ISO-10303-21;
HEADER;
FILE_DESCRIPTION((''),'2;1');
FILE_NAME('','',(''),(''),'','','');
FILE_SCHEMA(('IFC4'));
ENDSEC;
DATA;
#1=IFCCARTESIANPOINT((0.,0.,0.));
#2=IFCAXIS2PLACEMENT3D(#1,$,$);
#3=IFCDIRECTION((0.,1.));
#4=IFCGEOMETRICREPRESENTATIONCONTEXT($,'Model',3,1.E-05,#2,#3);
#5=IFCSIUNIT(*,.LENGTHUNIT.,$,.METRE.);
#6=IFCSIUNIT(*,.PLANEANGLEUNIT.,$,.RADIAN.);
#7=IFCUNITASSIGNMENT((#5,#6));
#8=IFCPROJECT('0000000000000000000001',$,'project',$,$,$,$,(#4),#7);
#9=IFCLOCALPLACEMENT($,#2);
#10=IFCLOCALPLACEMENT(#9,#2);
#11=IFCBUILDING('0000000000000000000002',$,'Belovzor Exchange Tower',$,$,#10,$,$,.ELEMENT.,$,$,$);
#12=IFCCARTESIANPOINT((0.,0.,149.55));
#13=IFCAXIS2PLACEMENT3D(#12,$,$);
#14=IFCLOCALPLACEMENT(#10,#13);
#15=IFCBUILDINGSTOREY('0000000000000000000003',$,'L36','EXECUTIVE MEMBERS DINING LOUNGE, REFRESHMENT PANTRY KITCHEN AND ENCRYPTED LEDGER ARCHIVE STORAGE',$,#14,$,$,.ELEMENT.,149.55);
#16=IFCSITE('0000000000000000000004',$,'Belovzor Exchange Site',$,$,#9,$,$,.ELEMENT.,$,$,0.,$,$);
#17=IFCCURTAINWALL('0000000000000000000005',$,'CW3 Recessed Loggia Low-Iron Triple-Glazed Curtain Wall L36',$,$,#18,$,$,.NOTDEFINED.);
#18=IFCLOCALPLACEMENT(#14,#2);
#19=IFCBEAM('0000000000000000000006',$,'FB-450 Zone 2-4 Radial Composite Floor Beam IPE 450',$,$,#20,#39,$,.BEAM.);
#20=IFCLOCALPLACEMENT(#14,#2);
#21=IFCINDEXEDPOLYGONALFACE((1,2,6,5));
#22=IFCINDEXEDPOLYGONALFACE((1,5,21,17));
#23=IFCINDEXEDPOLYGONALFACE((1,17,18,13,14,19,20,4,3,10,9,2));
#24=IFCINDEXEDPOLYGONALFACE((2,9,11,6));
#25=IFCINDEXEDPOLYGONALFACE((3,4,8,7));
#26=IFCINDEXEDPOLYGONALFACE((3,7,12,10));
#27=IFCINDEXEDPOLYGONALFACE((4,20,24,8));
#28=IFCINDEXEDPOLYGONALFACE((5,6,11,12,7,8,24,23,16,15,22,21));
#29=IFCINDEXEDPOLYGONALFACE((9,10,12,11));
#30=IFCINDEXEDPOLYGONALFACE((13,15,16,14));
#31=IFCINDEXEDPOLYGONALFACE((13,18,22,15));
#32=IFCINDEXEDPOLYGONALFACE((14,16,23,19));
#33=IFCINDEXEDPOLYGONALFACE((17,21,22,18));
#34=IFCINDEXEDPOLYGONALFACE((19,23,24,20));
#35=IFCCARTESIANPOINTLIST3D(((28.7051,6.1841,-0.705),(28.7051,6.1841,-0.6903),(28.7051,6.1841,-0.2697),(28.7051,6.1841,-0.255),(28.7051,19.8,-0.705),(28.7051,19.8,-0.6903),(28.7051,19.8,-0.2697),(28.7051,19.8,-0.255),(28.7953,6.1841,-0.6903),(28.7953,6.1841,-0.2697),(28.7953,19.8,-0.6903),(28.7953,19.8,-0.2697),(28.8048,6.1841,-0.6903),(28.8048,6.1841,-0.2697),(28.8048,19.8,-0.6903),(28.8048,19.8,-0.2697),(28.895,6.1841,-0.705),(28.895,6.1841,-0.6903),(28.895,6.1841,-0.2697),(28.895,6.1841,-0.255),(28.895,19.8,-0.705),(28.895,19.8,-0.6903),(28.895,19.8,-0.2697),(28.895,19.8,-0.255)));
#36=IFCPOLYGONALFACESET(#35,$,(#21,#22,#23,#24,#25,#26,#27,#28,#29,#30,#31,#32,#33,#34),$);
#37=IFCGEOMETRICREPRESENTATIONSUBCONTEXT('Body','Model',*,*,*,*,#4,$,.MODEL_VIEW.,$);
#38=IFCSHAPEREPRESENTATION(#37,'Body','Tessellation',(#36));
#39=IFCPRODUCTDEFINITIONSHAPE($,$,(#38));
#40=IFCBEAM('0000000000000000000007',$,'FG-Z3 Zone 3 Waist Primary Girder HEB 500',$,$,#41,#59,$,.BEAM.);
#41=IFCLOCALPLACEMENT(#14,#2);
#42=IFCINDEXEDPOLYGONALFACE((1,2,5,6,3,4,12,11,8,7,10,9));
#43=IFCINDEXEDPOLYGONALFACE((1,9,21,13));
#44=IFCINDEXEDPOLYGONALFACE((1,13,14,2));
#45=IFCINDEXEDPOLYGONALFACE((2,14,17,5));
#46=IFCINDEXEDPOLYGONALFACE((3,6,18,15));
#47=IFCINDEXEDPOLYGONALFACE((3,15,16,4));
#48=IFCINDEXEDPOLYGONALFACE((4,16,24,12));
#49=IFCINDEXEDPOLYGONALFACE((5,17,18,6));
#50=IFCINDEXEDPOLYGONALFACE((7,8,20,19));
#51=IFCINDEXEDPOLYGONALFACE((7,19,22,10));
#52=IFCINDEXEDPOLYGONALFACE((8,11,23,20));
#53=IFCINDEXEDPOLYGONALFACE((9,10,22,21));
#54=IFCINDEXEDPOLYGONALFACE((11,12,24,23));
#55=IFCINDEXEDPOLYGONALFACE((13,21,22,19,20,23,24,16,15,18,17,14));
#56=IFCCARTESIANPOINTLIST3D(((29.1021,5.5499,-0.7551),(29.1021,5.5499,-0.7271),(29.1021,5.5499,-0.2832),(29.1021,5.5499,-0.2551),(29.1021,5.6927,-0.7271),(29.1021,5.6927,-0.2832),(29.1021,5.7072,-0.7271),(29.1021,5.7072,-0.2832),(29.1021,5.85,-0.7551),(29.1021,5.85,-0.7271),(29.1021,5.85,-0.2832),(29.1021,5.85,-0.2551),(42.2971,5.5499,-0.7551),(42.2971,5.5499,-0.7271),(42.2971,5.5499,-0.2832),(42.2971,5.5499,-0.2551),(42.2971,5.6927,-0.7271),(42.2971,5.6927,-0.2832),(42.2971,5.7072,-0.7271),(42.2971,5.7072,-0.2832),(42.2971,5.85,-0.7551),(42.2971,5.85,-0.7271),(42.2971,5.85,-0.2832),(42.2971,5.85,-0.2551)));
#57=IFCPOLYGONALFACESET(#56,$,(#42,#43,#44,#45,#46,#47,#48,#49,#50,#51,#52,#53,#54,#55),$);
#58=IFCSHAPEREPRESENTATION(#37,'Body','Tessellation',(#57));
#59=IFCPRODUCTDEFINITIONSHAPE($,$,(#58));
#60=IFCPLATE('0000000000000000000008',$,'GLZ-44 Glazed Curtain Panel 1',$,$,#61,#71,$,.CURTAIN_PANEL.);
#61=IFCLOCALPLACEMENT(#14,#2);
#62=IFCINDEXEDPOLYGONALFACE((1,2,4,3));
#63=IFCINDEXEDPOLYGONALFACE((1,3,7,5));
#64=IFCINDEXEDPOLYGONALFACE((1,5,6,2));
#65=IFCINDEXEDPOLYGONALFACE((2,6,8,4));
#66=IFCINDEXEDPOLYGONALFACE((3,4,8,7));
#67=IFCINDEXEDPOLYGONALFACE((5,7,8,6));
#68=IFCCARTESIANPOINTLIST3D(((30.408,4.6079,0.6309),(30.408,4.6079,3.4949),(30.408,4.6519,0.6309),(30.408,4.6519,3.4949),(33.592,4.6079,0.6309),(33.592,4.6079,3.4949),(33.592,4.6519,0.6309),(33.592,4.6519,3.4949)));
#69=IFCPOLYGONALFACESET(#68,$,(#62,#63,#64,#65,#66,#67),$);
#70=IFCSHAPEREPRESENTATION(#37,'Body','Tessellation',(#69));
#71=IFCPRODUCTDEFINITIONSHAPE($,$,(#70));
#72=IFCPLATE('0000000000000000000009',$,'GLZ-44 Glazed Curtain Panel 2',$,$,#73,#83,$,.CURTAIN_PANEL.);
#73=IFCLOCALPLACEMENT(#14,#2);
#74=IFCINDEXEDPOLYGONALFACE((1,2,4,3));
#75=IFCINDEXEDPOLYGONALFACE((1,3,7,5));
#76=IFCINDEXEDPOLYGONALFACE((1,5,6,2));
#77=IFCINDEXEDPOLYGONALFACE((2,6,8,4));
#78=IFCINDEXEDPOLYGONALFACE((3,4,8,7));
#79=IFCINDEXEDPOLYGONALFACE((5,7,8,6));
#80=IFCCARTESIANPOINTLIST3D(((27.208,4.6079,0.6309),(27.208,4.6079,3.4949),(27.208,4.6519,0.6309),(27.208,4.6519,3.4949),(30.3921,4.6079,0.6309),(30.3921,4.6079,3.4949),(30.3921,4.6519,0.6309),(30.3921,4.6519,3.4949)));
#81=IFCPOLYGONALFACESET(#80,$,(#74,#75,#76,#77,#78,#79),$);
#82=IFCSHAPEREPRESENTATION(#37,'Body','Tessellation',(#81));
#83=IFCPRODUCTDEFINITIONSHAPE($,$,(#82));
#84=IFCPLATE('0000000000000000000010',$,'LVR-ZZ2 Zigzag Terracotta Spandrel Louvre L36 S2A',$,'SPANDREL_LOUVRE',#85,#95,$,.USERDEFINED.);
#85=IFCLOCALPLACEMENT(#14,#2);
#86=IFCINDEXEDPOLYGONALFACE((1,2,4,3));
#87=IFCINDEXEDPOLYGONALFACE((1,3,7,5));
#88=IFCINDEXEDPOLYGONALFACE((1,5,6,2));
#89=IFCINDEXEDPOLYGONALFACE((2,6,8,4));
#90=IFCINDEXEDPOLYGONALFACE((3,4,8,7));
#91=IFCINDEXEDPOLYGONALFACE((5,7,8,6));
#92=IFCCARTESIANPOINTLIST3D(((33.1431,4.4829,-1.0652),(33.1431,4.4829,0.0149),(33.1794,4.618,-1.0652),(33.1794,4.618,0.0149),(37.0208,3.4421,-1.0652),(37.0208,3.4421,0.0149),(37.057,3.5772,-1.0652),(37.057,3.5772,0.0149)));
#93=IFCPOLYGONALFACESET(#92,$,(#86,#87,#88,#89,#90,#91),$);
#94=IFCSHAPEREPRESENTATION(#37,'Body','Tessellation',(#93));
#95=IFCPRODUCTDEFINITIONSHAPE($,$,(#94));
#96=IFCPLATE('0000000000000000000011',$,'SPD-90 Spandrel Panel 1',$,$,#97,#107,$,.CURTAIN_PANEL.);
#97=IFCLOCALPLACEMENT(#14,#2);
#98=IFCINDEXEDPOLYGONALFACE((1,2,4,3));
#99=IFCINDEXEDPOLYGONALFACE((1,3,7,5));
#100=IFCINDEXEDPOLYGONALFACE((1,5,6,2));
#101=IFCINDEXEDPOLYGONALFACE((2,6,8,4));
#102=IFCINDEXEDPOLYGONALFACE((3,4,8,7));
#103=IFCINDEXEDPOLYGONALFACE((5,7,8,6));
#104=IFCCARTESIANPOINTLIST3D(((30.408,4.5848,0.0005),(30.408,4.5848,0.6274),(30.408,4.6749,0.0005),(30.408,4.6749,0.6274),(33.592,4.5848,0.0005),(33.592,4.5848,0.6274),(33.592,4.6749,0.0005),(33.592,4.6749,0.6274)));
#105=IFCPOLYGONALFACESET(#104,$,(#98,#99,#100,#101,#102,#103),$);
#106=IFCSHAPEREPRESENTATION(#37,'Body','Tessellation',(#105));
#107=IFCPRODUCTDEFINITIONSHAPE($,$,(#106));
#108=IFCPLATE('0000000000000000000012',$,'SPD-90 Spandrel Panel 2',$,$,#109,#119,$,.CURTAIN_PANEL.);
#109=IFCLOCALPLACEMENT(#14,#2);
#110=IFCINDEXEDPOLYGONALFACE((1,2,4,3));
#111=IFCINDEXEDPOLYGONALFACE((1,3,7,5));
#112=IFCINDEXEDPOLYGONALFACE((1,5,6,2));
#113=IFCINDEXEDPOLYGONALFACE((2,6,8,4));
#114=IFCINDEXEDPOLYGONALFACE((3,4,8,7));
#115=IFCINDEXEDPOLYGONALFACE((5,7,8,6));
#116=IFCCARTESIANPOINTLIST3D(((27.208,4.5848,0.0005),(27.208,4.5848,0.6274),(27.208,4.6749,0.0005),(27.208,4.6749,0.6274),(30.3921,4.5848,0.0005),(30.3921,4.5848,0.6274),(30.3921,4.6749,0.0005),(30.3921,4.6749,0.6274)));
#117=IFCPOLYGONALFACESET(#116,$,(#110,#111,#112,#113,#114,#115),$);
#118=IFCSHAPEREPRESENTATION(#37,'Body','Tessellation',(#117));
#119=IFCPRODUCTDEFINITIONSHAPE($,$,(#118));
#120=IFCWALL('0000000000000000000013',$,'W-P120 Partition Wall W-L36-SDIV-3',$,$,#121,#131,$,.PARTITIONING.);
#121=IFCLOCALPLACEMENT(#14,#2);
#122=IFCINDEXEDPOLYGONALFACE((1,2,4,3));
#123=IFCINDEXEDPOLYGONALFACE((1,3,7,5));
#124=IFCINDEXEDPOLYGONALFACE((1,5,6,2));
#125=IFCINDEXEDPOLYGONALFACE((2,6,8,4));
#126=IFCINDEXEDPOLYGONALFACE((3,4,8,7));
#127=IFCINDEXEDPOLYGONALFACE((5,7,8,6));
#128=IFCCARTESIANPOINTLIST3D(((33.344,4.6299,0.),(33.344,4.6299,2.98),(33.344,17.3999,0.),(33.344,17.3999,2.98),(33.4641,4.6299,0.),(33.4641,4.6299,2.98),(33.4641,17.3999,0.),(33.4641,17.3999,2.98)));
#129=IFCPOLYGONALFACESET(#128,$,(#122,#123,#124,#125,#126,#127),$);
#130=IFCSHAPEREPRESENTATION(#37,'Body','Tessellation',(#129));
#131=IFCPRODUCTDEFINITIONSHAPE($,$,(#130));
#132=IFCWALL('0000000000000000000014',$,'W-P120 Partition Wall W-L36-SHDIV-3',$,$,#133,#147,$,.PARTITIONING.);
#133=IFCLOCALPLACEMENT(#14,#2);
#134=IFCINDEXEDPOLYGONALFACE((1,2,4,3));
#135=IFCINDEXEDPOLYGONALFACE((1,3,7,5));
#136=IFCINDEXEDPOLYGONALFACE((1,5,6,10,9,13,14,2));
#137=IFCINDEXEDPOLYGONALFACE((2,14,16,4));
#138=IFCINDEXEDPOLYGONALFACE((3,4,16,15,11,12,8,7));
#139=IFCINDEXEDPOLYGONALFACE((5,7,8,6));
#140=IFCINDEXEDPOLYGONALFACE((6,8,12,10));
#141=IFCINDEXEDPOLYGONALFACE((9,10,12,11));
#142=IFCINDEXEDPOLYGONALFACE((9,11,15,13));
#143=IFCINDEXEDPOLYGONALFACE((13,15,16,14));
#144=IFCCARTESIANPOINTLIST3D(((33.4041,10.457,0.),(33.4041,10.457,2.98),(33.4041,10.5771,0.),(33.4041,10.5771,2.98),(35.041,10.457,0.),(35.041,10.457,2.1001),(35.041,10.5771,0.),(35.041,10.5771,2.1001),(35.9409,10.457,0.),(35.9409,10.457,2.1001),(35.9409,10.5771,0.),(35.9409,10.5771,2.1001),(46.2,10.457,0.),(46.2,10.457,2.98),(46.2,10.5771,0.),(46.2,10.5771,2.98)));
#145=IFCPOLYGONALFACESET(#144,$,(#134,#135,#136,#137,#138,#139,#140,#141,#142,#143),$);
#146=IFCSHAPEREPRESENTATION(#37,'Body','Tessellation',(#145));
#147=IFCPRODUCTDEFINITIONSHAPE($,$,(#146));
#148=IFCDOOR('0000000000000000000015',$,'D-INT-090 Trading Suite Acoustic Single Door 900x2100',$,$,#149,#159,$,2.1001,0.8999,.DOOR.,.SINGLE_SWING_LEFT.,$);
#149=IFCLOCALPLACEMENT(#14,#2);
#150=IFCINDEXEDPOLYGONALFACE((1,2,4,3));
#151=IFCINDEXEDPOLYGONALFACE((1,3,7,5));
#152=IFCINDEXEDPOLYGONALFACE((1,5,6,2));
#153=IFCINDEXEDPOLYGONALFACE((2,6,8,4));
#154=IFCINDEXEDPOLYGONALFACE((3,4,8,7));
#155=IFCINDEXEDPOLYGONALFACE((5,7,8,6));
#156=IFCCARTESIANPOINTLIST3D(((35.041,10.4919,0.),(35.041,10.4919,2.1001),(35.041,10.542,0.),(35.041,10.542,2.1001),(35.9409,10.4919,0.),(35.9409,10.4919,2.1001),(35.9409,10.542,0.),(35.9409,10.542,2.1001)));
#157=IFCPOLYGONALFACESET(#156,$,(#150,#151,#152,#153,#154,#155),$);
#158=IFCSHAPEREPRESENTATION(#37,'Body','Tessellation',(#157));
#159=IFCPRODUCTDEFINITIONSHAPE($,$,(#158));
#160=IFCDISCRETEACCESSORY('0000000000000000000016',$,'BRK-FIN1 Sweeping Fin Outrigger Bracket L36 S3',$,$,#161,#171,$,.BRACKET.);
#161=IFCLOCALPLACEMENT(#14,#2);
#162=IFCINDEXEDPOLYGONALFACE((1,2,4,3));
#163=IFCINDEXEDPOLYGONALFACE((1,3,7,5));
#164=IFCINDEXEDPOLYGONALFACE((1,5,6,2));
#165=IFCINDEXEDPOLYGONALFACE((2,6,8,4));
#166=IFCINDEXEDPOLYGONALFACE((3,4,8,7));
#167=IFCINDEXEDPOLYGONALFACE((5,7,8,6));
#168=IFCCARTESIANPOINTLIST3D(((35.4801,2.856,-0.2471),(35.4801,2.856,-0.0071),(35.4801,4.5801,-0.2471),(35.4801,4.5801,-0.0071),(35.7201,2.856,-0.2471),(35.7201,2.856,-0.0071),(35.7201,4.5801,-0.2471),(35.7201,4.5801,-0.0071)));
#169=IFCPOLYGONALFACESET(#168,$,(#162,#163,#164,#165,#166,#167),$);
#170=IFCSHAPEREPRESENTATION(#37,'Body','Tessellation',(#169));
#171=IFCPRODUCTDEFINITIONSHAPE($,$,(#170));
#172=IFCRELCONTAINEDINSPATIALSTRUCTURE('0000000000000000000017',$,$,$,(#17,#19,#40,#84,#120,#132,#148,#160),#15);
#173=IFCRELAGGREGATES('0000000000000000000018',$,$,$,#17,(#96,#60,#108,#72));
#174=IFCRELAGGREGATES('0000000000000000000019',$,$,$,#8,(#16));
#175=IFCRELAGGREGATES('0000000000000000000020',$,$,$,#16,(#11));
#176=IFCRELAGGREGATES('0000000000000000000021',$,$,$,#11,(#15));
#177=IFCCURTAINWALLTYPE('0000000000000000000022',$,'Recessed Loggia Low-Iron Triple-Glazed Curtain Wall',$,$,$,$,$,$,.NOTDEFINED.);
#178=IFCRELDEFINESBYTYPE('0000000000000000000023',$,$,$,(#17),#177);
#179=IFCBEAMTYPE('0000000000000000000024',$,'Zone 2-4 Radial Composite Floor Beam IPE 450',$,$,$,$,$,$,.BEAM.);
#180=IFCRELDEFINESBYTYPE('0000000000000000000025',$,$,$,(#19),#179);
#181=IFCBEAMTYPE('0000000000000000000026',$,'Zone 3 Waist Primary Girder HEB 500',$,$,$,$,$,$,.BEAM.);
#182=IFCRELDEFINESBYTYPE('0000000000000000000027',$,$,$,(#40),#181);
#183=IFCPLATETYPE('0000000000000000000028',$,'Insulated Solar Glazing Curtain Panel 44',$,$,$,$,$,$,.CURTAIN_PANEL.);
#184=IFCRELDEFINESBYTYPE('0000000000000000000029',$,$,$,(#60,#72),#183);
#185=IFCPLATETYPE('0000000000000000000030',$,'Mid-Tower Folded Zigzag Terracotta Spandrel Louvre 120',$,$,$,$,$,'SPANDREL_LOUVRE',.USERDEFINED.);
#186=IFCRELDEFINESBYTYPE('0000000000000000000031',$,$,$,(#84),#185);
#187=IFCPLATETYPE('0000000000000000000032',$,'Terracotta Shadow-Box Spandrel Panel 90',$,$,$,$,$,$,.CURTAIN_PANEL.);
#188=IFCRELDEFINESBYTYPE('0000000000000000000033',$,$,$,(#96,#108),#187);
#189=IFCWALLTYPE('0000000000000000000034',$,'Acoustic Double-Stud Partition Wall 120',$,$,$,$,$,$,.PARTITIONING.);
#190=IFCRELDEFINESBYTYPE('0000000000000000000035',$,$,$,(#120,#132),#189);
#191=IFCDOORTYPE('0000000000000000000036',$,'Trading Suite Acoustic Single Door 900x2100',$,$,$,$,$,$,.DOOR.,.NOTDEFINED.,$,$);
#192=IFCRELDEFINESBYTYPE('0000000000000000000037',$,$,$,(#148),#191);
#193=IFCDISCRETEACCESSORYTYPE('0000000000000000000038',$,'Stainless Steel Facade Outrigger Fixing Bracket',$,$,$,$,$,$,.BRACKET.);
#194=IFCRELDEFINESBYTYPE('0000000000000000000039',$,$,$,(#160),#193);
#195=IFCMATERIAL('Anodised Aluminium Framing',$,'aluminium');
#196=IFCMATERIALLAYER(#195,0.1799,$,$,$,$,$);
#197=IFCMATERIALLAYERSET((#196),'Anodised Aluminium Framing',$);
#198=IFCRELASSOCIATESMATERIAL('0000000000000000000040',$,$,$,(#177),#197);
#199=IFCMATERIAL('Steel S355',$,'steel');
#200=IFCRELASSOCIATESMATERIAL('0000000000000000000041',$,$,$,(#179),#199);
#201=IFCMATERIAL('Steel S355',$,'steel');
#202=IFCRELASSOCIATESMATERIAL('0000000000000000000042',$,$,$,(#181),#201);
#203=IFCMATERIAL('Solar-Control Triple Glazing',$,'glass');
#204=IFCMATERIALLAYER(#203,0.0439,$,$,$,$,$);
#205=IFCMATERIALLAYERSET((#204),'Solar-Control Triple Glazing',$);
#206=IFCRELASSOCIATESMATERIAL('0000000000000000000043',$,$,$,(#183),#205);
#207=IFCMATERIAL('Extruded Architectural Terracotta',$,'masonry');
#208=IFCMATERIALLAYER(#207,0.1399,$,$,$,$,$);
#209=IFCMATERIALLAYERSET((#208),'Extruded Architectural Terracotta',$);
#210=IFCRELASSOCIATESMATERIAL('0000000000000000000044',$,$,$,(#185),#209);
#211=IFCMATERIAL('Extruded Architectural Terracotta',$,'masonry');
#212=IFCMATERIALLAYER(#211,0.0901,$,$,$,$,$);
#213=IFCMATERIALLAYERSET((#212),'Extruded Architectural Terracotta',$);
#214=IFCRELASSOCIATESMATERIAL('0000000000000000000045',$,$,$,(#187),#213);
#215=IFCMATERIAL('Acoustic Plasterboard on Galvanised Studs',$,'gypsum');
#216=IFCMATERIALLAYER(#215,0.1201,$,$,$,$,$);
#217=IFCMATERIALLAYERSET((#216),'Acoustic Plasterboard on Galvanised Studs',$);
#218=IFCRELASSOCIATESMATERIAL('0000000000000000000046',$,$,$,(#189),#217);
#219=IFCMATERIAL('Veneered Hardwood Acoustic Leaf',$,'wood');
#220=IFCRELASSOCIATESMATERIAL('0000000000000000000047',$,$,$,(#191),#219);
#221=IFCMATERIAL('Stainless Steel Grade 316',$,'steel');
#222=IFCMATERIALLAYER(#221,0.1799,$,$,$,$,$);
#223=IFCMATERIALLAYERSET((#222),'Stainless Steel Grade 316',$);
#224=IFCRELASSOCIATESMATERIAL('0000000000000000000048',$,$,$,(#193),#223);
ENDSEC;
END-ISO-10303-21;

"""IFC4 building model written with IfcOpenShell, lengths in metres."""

from ifc_helpers import new_model, si_unit, direction, frame, frame_2d, origin, origin_2d, place, context, subcontext, project, spatial, rectangle, i_section, extrude, material, layer, layer_set, material_profile, profile_set, type_object, element, fill, aggregate, save


model = new_model("IFC4")

# Units and contexts
model_context = context("Model", 3, precision=1e-05, world=origin(), true_north=direction((0.0, 1.0)))
body_context = subcontext(model_context, "Body", "Model", "MODEL_VIEW")
ifc_project = project(units=[si_unit("LENGTHUNIT", "METRE"), si_unit("PLANEANGLEUNIT", "RADIAN")], contexts=[model_context])

# Site, building, storey
site_placement = place(None, origin())
site = spatial("IfcSite", under=ifc_project, at=site_placement, Name="Belovzor Exchange Site", CompositionType="ELEMENT", RefElevation=0.0)
building_placement = place(site_placement, origin())
building = spatial("IfcBuilding", under=site, at=building_placement, Name="Belovzor Exchange Tower", CompositionType="ELEMENT")
storey_placement = place(building_placement, frame((0.0, 0.0, 149.55)))
storey = spatial("IfcBuildingStorey", under=building, at=storey_placement, Name="L36", Description="EXECUTIVE MEMBERS DINING LOUNGE, REFRESHMENT PANTRY KITCHEN AND ENCRYPTED LEDGER ARCHIVE STORAGE", CompositionType="ELEMENT", Elevation=149.55)

# Curtain wall
ifc_material_1 = material(Name="Anodised Aluminium Framing", Category="aluminium")
ifc_layer_1 = layer(ifc_material_1, 0.1799)
ifc_layer_set_1 = layer_set([ifc_layer_1], Name="Anodised Aluminium Framing")
curtain_wall_type = type_object("IfcCurtainWallType", Name="Recessed Loggia Low-Iron Triple-Glazed Curtain Wall", PredefinedType="NOTDEFINED", material=ifc_layer_set_1)
curtain_wall_placement = place(storey_placement, origin())
curtain_wall = element("IfcCurtainWall", 1, at=curtain_wall_placement, inside=storey, type_object=curtain_wall_type, Name="CW3 Recessed Loggia Low-Iron Triple-Glazed Curtain Wall L36", PredefinedType="NOTDEFINED")

# Beams
ifc_material_2 = material(Name="Steel S355", Category="steel")
ifc_material_profile_1 = material_profile(ifc_material_2, i_section(OverallWidth=0.1899, OverallDepth=0.45, WebThickness=0.0095, FlangeThickness=0.0146, at=origin_2d()))
ifc_profile_set_1 = profile_set([ifc_material_profile_1], Name="Steel S355")
beam_type_1 = type_object("IfcBeamType", Name="Zone 2-4 Radial Composite Floor Beam IPE 450", PredefinedType="BEAM", material=ifc_profile_set_1)
beam_1_placement = place(storey_placement, frame((28.8, 19.8, -0.48), z_axis=(0.0, -1.0, 0.0), x_axis=(1.0, 0.0, 0.0)))
element("IfcBeam", 2, at=beam_1_placement, inside=storey, type_object=beam_type_1, Name="FB-450 Zone 2-4 Radial Composite Floor Beam IPE 450", PredefinedType="BEAM", context=body_context, shape_type="SweptSolid", body=[
    extrude(i_section(OverallWidth=0.1899, OverallDepth=0.45, WebThickness=0.0095, FlangeThickness=0.0146, at=origin_2d()), origin(), (0.0, 0.0, 1.0), 13.616),
])
ifc_material_3 = material(Name="Steel S355", Category="steel")
ifc_material_profile_2 = material_profile(ifc_material_3, i_section(OverallWidth=0.3, OverallDepth=0.5, WebThickness=0.0144, FlangeThickness=0.0281, at=origin_2d()))
ifc_profile_set_2 = profile_set([ifc_material_profile_2], Name="Steel S355")
beam_type_2 = type_object("IfcBeamType", Name="Zone 3 Waist Primary Girder HEB 500", PredefinedType="BEAM", material=ifc_profile_set_2)
beam_2_placement = place(storey_placement, frame((29.1021, 5.7, -0.5051), z_axis=(1.0, 0.0, 0.0), x_axis=(0.0, 1.0, 0.0)))
element("IfcBeam", 3, at=beam_2_placement, inside=storey, type_object=beam_type_2, Name="FG-Z3 Zone 3 Waist Primary Girder HEB 500", PredefinedType="BEAM", context=body_context, shape_type="SweptSolid", body=[
    extrude(i_section(OverallWidth=0.3, OverallDepth=0.5, WebThickness=0.0144, FlangeThickness=0.0281, at=origin_2d()), origin(), (0.0, 0.0, 1.0), 13.1951),
])

# Plates
ifc_material_4 = material(Name="Solar-Control Triple Glazing", Category="glass")
ifc_layer_2 = layer(ifc_material_4, 0.0439)
ifc_layer_set_2 = layer_set([ifc_layer_2], Name="Solar-Control Triple Glazing")
plate_type_1 = type_object("IfcPlateType", Name="Insulated Solar Glazing Curtain Panel 44", PredefinedType="CURTAIN_PANEL", material=ifc_layer_set_2)
plate_1_placement = place(storey_placement, frame((32.0, 4.6299, 0.6309), z_axis=(0.0, 0.0, 1.0), x_axis=(-1.0, 0.0, 0.0)))
plate_1 = element("IfcPlate", 4, at=plate_1_placement, type_object=plate_type_1, Name="GLZ-44 Glazed Curtain Panel 1", PredefinedType="CURTAIN_PANEL", context=body_context, shape_type="SweptSolid", body=[
    extrude(rectangle(XDim=3.1841, YDim=0.0439, at=origin_2d()), origin(), (0.0, 0.0, 1.0), 2.864),
])
plate_2_placement = place(storey_placement, frame((28.8, 4.6299, 0.6309), z_axis=(0.0, 0.0, 1.0), x_axis=(-1.0, 0.0, 0.0)))
plate_2 = element("IfcPlate", 5, at=plate_2_placement, type_object=plate_type_1, Name="GLZ-44 Glazed Curtain Panel 2", PredefinedType="CURTAIN_PANEL", context=body_context, shape_type="SweptSolid", body=[
    extrude(rectangle(XDim=3.1841, YDim=0.0439, at=origin_2d()), origin(), (0.0, 0.0, 1.0), 2.864),
])
ifc_material_5 = material(Name="Extruded Architectural Terracotta", Category="masonry")
ifc_layer_3 = layer(ifc_material_5, 0.1399)
ifc_layer_set_3 = layer_set([ifc_layer_3], Name="Extruded Architectural Terracotta")
plate_type_2 = type_object("IfcPlateType", Name="Mid-Tower Folded Zigzag Terracotta Spandrel Louvre 120", ElementType="SPANDREL_LOUVRE", PredefinedType="USERDEFINED", material=ifc_layer_set_3)
plate_3_placement = place(storey_placement, frame((35.1001, 4.03, -1.0652), z_axis=(0.0, 0.0, 1.0), x_axis=(0.965813, -0.25924, 0.0)))
element("IfcPlate", 6, at=plate_3_placement, inside=storey, type_object=plate_type_2, Name="LVR-ZZ2 Zigzag Terracotta Spandrel Louvre L36 S2A", ObjectType="SPANDREL_LOUVRE", PredefinedType="USERDEFINED", context=body_context, shape_type="SweptSolid", body=[
    extrude(rectangle(XDim=4.0149, YDim=0.1399, at=origin_2d()), origin(), (0.0, 0.0, 1.0), 1.0801),
])
ifc_material_6 = material(Name="Extruded Architectural Terracotta", Category="masonry")
ifc_layer_4 = layer(ifc_material_6, 0.0901)
ifc_layer_set_4 = layer_set([ifc_layer_4], Name="Extruded Architectural Terracotta")
plate_type_3 = type_object("IfcPlateType", Name="Terracotta Shadow-Box Spandrel Panel 90", PredefinedType="CURTAIN_PANEL", material=ifc_layer_set_4)
plate_4_placement = place(storey_placement, frame((32.0, 4.6299, 0.0005), z_axis=(0.0, 0.0, 1.0), x_axis=(-1.0, 0.0, 0.0)))
plate_4 = element("IfcPlate", 7, at=plate_4_placement, type_object=plate_type_3, Name="SPD-90 Spandrel Panel 1", PredefinedType="CURTAIN_PANEL", context=body_context, shape_type="SweptSolid", body=[
    extrude(rectangle(XDim=3.1841, YDim=0.0901, at=origin_2d()), origin(), (0.0, 0.0, 1.0), 0.627),
])
plate_5_placement = place(storey_placement, frame((28.8, 4.6299, 0.0005), z_axis=(0.0, 0.0, 1.0), x_axis=(-1.0, 0.0, 0.0)))
plate_5 = element("IfcPlate", 8, at=plate_5_placement, type_object=plate_type_3, Name="SPD-90 Spandrel Panel 2", PredefinedType="CURTAIN_PANEL", context=body_context, shape_type="SweptSolid", body=[
    extrude(rectangle(XDim=3.1841, YDim=0.0901, at=origin_2d()), origin(), (0.0, 0.0, 1.0), 0.627),
])
aggregate(curtain_wall, [plate_4, plate_1, plate_5, plate_2])

# Wall
ifc_material_7 = material(Name="Acoustic Plasterboard on Galvanised Studs", Category="gypsum")
ifc_layer_5 = layer(ifc_material_7, 0.1201)
ifc_layer_set_5 = layer_set([ifc_layer_5], Name="Acoustic Plasterboard on Galvanised Studs")
wall_type = type_object("IfcWallType", Name="Acoustic Double-Stud Partition Wall 120", PredefinedType="PARTITIONING", material=ifc_layer_set_5)
wall_1_placement = place(storey_placement, frame((33.4041, 4.6299, 0.0), z_axis=(0.0, 0.0, 1.0), x_axis=(0.0, 1.0, 0.0)))
element("IfcWall", 9, at=wall_1_placement, inside=storey, type_object=wall_type, Name="W-P120 Partition Wall W-L36-SDIV-3", PredefinedType="PARTITIONING", context=body_context, shape_type="SweptSolid", body=[
    extrude(rectangle(XDim=12.77, YDim=0.1201, at=frame_2d((6.385, 0.0))), origin(), (0.0, 0.0, 1.0), 2.98),
])

# Wall, opening, door
wall_2_placement = place(storey_placement, frame((33.4041, 10.5171, 0.0), z_axis=(0.0, 0.0, 1.0), x_axis=(1.0, 0.0, 0.0)))
wall_2 = element("IfcWall", 10, at=wall_2_placement, inside=storey, type_object=wall_type, Name="W-P120 Partition Wall W-L36-SHDIV-3", PredefinedType="PARTITIONING", context=body_context, shape_type="SweptSolid", body=[
    extrude(rectangle(XDim=12.7959, YDim=0.1201, at=frame_2d((6.3979, 0.0))), origin(), (0.0, 0.0, 1.0), 2.98),
])
opening_placement = place(wall_2_placement, frame((1.637, 0.0, 0.0)))
opening = element("IfcOpeningElement", 11, at=opening_placement, cuts=wall_2, PredefinedType="OPENING", context=body_context, shape_type="SweptSolid", body=[
    extrude(rectangle(XDim=0.8999, YDim=2.1001, at=frame_2d((0.45, 1.05))), frame((0.0, 0.0701, 0.0), z_axis=(0.0, -1.0, 0.0), x_axis=(1.0, 0.0, 0.0)), (0.0, 0.0, 1.0), 0.1401),
])
ifc_material_8 = material(Name="Veneered Hardwood Acoustic Leaf", Category="wood")
door_type = type_object("IfcDoorType", Name="Trading Suite Acoustic Single Door 900x2100", OperationType="NOTDEFINED", PredefinedType="DOOR", material=ifc_material_8)
door_placement = place(opening_placement, origin())
door = element("IfcDoor", 12, at=door_placement, inside=storey, type_object=door_type, Name="D-INT-090 Trading Suite Acoustic Single Door 900x2100", OperationType="SINGLE_SWING_LEFT", OverallHeight=2.1001, OverallWidth=0.8999, PredefinedType="DOOR", context=body_context, shape_type="SweptSolid", body=[
    extrude(rectangle(XDim=0.8999, YDim=2.1001, at=frame_2d((0.45, 1.05))), frame((0.0, 0.0249, 0.0), z_axis=(0.0, -1.0, 0.0), x_axis=(1.0, 0.0, 0.0)), (0.0, 0.0, 1.0), 0.05),
])
fill(opening, door)

# Discrete accessory
ifc_material_9 = material(Name="Stainless Steel Grade 316", Category="steel")
ifc_layer_6 = layer(ifc_material_9, 0.1799)
ifc_layer_set_6 = layer_set([ifc_layer_6], Name="Stainless Steel Grade 316")
discrete_accessory_type = type_object("IfcDiscreteAccessoryType", Name="Stainless Steel Facade Outrigger Fixing Bracket", PredefinedType="BRACKET", material=ifc_layer_set_6)
discrete_accessory_placement = place(storey_placement, frame((35.6001, 3.718, -0.2471), z_axis=(0.0, 0.0, 1.0), x_axis=(0.0, 1.0, 0.0)))
element("IfcDiscreteAccessory", 13, at=discrete_accessory_placement, inside=storey, type_object=discrete_accessory_type, Name="BRK-FIN1 Sweeping Fin Outrigger Bracket L36 S3", PredefinedType="BRACKET", context=body_context, shape_type="SweptSolid", body=[
    extrude(rectangle(XDim=1.7241, YDim=0.24, at=origin_2d()), origin(), (0.0, 0.0, 1.0), 0.24),
])

save(model, "model.ifc")
